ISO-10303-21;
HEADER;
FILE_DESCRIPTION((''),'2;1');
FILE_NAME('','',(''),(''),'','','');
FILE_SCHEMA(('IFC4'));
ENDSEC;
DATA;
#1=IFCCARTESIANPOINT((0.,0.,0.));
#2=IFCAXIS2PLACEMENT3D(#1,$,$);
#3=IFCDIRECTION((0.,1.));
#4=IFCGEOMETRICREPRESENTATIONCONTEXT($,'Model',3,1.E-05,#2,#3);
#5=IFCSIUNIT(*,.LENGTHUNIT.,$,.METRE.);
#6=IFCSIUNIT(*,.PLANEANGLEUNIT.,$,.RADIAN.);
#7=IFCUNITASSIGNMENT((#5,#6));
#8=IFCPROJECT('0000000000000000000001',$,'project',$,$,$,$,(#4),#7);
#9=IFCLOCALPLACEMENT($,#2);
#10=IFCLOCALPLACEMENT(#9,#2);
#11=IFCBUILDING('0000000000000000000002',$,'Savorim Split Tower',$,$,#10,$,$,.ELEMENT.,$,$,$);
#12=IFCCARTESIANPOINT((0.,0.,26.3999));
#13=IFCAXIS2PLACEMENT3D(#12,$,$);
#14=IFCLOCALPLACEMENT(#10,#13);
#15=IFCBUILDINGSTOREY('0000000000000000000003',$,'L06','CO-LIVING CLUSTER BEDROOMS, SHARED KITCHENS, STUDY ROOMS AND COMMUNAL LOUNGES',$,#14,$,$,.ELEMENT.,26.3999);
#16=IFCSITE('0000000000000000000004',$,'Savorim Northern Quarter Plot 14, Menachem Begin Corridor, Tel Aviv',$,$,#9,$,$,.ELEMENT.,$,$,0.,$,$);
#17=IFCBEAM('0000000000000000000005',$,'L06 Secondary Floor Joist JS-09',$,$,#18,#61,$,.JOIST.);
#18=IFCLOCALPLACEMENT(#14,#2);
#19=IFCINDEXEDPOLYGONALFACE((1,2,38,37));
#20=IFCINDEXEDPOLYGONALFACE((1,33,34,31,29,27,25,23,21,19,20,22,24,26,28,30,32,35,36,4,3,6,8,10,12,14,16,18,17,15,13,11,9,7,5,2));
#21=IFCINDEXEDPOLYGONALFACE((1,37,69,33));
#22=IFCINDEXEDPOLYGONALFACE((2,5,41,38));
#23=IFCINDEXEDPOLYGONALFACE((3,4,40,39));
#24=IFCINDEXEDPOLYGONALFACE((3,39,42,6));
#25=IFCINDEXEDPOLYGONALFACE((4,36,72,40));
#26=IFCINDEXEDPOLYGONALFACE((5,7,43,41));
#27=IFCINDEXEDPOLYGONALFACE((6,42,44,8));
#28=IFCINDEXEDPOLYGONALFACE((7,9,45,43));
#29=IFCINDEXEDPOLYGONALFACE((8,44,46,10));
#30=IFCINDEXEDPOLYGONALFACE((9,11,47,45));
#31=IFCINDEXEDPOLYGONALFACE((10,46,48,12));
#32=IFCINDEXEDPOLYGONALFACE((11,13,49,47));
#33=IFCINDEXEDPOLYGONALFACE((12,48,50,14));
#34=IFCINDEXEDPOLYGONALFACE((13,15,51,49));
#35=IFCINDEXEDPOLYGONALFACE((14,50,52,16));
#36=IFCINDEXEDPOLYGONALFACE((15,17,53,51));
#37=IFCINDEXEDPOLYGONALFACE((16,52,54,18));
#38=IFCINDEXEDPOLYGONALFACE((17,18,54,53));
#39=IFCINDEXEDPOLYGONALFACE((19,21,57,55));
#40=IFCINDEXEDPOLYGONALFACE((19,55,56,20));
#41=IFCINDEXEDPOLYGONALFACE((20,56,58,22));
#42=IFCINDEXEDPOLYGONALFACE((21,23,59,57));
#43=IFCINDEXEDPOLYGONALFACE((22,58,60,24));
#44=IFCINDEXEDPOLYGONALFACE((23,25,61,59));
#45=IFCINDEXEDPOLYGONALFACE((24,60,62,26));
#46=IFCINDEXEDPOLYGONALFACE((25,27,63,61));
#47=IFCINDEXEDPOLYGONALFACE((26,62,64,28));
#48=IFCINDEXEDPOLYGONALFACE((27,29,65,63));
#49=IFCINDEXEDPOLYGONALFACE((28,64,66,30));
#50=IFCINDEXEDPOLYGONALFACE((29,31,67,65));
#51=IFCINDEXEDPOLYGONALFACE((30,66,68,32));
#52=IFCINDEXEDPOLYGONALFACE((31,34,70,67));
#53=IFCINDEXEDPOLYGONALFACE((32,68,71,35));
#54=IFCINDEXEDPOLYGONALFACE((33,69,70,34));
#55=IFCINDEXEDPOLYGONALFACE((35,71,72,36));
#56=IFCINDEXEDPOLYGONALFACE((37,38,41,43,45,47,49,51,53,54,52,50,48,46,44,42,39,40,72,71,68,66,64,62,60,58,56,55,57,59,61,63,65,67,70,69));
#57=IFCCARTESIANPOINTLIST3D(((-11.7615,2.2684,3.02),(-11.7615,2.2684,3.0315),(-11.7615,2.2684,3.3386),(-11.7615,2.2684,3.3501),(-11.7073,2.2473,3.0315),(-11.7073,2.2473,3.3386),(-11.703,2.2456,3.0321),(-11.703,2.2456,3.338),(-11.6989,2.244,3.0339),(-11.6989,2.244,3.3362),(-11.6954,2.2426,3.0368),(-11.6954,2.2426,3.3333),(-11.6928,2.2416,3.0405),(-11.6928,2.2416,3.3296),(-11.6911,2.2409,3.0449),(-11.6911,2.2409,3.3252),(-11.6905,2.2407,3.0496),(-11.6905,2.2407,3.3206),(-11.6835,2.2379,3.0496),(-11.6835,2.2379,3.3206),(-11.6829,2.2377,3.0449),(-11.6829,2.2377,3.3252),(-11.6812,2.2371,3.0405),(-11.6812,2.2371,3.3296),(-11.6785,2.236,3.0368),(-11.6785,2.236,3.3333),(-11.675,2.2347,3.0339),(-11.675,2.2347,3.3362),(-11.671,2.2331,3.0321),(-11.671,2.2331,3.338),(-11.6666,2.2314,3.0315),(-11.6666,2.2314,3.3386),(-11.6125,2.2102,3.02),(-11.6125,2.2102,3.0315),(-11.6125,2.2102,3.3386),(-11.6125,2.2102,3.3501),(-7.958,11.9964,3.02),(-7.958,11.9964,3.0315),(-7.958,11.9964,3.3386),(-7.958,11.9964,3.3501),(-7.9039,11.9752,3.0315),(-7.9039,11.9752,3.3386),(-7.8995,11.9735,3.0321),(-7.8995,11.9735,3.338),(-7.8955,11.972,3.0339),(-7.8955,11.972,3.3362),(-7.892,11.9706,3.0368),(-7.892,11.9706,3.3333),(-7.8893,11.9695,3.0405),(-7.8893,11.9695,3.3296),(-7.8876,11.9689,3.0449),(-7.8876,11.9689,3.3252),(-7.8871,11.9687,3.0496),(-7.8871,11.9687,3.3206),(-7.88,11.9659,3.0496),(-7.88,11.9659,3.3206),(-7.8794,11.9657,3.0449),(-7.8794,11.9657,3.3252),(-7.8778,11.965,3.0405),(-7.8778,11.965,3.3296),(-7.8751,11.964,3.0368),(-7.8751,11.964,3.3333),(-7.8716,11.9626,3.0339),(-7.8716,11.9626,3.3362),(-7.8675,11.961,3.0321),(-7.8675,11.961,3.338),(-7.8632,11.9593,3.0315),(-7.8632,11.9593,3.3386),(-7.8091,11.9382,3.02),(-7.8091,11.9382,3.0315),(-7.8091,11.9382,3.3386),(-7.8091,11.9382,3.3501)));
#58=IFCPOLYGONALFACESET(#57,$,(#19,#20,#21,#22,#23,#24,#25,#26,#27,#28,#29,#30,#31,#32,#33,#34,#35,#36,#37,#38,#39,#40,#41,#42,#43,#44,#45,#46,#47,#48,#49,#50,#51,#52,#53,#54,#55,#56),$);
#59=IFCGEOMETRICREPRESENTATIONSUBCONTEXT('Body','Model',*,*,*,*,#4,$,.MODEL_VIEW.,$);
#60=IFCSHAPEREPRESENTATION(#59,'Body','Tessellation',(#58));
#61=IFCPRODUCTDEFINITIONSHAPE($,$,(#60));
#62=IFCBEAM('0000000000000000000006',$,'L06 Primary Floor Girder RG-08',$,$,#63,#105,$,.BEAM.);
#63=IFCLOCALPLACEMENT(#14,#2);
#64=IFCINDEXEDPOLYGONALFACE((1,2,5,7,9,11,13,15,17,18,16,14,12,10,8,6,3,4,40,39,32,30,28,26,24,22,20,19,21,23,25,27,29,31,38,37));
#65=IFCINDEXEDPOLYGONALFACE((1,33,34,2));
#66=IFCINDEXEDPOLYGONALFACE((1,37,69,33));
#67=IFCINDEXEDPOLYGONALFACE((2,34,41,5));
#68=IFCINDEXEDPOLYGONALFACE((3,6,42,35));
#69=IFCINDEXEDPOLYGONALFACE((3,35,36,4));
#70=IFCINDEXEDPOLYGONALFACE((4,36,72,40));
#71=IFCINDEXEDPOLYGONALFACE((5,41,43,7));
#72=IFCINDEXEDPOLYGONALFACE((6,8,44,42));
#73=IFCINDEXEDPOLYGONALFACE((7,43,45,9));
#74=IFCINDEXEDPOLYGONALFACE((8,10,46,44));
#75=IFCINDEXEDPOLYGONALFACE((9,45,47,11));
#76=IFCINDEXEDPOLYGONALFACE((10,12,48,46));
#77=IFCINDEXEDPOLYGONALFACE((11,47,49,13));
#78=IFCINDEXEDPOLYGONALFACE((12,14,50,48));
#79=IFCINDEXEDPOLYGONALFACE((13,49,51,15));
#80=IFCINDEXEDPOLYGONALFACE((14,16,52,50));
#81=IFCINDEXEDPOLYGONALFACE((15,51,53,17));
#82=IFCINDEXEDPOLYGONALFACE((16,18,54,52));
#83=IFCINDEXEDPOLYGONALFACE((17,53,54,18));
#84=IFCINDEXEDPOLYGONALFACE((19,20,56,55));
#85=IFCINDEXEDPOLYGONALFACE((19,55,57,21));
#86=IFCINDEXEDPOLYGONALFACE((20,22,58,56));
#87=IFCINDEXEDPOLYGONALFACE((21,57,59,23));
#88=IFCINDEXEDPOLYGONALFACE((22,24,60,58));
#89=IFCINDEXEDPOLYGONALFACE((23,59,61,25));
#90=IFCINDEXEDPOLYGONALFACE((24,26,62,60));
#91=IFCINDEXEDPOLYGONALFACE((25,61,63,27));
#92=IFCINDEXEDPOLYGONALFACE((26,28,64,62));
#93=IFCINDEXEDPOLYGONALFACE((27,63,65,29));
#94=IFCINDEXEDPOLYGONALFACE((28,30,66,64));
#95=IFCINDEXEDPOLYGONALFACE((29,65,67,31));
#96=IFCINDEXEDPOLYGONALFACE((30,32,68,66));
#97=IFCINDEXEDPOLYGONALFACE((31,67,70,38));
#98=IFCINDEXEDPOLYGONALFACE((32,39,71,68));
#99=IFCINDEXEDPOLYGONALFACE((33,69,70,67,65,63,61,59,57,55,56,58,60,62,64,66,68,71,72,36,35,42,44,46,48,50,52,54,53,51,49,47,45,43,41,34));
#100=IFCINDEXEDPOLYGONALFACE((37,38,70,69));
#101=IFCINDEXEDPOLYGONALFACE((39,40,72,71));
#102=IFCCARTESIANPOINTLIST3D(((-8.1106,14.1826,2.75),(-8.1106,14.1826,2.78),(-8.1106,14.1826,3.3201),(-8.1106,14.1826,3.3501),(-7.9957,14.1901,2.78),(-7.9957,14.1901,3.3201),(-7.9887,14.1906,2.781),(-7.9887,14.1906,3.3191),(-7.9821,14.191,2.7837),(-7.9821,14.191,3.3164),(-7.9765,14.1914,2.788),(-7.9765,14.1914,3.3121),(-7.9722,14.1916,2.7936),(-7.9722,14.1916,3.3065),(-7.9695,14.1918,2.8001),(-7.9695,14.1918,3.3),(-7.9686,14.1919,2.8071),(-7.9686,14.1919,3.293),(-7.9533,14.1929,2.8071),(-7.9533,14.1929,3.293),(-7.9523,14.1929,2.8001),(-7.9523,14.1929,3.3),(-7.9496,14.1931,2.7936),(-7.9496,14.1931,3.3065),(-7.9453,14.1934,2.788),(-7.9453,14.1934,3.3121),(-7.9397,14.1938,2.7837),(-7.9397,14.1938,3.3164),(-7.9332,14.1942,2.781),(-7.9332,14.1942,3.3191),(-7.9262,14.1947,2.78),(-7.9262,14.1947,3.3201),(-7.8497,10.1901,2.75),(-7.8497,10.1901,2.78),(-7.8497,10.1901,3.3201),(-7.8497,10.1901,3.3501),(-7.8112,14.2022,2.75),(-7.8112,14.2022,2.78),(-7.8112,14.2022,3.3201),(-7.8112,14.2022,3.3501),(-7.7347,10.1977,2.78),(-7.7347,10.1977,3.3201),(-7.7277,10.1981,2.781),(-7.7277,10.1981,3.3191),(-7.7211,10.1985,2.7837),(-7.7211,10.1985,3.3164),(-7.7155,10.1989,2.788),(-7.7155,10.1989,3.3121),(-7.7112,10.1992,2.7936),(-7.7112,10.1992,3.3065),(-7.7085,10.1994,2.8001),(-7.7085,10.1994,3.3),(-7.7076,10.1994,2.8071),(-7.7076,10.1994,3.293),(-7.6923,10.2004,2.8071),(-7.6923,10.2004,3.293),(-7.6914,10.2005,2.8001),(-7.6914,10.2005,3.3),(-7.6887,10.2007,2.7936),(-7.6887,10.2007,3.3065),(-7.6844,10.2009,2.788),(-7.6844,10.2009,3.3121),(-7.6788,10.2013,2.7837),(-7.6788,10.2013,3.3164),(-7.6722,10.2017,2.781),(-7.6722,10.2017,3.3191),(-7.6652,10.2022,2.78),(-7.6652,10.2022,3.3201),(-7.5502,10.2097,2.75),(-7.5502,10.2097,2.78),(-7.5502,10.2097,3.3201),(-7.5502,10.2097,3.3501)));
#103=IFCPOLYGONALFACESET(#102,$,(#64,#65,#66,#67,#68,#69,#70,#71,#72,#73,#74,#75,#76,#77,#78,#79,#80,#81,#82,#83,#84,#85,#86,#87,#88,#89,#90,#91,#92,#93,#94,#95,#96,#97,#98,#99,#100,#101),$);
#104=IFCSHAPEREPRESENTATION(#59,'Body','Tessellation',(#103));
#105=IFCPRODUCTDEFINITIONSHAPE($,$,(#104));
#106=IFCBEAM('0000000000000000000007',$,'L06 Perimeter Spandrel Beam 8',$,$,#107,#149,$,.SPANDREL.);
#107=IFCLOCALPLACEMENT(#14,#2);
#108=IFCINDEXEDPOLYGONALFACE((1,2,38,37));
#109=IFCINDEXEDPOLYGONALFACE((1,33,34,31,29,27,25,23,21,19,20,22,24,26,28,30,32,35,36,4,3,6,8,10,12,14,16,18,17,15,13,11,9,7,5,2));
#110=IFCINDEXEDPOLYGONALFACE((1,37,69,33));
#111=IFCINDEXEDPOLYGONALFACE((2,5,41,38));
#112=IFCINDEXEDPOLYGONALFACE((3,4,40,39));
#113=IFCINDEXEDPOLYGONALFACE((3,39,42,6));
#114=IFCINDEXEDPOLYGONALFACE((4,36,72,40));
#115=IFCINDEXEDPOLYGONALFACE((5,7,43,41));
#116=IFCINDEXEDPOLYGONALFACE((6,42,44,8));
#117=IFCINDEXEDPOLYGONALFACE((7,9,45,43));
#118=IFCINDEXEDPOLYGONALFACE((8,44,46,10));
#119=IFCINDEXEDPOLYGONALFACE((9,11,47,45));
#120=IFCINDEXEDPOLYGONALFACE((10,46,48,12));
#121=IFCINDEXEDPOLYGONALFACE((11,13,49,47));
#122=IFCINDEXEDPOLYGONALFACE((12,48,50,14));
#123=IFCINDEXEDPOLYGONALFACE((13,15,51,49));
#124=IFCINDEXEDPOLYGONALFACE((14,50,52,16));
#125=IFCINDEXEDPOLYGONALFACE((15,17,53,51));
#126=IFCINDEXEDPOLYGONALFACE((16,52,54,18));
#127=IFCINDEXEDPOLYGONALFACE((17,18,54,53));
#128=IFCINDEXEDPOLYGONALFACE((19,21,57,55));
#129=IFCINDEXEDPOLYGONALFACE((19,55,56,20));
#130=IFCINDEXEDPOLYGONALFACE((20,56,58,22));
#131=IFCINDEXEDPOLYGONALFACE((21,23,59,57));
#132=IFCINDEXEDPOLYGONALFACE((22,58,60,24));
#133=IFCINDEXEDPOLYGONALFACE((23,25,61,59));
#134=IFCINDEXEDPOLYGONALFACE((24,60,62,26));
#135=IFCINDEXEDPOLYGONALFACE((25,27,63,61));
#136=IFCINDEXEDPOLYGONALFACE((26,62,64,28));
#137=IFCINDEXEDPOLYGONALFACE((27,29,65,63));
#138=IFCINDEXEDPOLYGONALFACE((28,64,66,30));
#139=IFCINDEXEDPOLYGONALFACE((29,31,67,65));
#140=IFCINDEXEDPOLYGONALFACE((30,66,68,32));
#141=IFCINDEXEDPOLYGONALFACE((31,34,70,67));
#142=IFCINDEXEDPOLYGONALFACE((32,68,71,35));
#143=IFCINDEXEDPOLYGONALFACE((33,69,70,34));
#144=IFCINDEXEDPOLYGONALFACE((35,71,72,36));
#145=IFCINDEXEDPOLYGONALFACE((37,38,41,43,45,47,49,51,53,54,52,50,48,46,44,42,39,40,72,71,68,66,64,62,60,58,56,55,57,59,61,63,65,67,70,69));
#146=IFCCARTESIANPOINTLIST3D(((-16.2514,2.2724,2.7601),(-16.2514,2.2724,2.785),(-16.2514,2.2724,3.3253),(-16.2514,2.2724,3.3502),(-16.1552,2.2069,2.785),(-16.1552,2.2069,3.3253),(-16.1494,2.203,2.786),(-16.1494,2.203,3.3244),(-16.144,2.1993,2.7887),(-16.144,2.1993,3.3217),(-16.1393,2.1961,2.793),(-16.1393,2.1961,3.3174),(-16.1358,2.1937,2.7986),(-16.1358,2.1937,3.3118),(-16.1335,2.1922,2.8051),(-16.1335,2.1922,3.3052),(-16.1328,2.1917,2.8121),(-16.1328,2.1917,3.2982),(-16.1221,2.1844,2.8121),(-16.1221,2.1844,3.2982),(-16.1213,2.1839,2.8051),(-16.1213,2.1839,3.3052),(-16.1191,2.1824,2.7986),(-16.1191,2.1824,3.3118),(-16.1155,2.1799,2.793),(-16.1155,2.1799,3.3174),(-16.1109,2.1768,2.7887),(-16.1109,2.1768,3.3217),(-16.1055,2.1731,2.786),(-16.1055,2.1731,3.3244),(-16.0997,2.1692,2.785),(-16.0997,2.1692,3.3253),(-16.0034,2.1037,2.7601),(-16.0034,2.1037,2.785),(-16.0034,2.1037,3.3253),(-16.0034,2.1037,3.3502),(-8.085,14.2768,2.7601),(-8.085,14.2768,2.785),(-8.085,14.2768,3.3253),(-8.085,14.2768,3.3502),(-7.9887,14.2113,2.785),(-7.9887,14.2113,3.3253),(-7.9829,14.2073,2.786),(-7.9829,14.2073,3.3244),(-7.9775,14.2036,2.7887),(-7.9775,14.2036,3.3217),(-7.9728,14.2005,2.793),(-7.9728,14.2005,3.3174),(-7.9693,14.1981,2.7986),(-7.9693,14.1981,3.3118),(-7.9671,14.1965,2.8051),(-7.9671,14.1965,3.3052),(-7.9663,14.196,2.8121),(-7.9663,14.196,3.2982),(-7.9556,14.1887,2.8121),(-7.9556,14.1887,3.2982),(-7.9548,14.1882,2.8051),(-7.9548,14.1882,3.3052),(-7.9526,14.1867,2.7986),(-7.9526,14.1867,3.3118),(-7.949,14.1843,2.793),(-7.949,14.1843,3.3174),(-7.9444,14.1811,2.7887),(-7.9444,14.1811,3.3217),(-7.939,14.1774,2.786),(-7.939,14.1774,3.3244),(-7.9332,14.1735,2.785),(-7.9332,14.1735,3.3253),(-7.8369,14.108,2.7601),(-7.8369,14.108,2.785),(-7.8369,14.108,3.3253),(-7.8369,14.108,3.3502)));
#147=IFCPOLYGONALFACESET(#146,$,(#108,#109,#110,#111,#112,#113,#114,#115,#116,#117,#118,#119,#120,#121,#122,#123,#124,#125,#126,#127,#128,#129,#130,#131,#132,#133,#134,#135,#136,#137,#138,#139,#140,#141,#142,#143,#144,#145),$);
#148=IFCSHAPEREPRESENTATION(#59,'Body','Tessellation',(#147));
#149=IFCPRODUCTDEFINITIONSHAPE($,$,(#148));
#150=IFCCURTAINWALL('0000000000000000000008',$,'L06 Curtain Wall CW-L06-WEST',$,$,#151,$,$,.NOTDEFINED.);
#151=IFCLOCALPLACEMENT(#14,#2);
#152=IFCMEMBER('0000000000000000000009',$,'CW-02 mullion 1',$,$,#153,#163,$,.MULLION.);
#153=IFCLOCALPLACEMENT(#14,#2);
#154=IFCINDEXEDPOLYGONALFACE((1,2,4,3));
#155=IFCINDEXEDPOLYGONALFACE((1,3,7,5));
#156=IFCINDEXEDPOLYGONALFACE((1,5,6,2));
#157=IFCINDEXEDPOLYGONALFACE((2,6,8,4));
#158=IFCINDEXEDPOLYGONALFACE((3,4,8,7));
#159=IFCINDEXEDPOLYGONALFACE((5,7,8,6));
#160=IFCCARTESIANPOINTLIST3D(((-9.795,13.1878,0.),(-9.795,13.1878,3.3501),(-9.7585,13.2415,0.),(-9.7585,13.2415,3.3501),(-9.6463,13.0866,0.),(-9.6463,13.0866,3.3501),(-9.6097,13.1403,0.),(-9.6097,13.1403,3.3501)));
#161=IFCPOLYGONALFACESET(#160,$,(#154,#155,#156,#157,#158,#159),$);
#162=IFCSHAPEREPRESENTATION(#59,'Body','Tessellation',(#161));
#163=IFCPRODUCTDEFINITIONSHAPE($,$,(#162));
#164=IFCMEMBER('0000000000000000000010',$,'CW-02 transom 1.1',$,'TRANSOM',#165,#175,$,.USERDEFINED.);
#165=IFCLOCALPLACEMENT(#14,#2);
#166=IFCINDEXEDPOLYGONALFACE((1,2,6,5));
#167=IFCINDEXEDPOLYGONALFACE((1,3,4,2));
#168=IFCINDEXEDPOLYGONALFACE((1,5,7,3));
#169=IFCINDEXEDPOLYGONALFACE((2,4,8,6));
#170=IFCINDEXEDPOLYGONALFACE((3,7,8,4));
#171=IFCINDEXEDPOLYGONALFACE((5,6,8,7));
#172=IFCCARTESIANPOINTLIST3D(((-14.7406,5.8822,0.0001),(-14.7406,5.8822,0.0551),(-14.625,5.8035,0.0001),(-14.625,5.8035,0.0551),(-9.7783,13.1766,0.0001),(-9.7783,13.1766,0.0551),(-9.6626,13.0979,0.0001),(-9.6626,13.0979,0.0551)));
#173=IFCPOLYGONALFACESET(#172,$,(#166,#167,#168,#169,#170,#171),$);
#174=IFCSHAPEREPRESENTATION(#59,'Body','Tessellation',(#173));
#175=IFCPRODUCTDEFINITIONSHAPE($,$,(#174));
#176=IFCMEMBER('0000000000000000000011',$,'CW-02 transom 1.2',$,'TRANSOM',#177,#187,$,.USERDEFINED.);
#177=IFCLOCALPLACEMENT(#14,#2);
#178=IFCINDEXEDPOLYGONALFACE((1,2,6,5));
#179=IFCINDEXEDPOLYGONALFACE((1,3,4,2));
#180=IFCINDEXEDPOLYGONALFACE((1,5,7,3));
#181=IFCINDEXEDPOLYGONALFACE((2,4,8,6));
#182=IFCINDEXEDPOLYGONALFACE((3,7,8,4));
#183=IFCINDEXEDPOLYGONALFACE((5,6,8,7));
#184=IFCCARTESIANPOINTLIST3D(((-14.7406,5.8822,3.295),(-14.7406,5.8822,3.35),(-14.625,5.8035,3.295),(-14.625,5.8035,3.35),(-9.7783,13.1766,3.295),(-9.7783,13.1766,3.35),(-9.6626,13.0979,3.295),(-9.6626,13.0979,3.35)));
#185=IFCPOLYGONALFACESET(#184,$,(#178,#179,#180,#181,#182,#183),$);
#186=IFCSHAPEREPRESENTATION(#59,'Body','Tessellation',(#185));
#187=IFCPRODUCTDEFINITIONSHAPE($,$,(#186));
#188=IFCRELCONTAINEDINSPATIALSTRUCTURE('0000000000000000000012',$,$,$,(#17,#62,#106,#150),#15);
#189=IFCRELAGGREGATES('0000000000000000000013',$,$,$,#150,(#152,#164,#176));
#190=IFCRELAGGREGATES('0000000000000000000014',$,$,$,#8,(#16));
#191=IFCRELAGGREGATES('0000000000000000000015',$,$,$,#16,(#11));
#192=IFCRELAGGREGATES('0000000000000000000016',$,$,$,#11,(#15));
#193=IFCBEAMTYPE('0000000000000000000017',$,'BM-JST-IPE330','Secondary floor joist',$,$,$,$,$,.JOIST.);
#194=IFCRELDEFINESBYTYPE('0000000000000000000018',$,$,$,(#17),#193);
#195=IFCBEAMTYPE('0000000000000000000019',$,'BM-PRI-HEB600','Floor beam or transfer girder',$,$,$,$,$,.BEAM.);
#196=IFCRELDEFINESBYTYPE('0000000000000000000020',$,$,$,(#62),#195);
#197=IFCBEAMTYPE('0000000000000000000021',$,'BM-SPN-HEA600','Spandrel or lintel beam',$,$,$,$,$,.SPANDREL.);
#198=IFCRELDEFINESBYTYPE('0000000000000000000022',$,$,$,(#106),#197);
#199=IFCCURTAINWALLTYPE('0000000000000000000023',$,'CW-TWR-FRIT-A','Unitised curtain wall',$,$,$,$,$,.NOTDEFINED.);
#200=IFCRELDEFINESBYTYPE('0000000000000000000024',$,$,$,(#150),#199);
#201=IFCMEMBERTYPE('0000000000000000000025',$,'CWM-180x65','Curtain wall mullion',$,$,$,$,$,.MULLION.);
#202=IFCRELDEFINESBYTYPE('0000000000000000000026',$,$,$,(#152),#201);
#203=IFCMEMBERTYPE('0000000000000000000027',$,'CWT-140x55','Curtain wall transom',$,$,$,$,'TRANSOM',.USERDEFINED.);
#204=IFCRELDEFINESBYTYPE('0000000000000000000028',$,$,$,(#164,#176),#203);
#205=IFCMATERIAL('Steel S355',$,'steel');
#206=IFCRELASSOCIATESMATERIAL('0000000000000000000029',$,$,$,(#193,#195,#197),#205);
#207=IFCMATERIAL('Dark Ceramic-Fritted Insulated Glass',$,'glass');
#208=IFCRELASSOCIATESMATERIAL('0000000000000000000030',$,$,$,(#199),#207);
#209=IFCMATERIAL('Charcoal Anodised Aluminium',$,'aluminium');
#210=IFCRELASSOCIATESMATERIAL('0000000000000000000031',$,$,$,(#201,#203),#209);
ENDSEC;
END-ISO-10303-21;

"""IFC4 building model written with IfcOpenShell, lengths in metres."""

from ifc_helpers import new_model, si_unit, direction, frame, origin, origin_2d, place, context, subcontext, project, spatial, rectangle, i_section, extrude, material, material_profile, profile_set, type_object, element, aggregate, save


model = new_model("IFC4")

# Units and contexts
model_context = context("Model", 3, precision=1e-05, world=origin(), true_north=direction((0.0, 1.0)))
body_context = subcontext(model_context, "Body", "Model", "MODEL_VIEW")
ifc_project = project(units=[si_unit("LENGTHUNIT", "METRE"), si_unit("PLANEANGLEUNIT", "RADIAN")], contexts=[model_context])

# Site, building, storey
site_placement = place(None, origin())
site = spatial("IfcSite", under=ifc_project, at=site_placement, Name="Savorim Northern Quarter Plot 14, Menachem Begin Corridor, Tel Aviv", CompositionType="ELEMENT", RefElevation=0.0)
building_placement = place(site_placement, origin())
building = spatial("IfcBuilding", under=site, at=building_placement, Name="Savorim Split Tower", CompositionType="ELEMENT")
storey_placement = place(building_placement, frame((0.0, 0.0, 26.3999)))
storey = spatial("IfcBuildingStorey", under=building, at=storey_placement, Name="L06", Description="CO-LIVING CLUSTER BEDROOMS, SHARED KITCHENS, STUDY ROOMS AND COMMUNAL LOUNGES", CompositionType="ELEMENT", Elevation=26.3999)

# Beams
ifc_material_1 = material(Name="Steel S355", Category="steel")
ifc_material_profile_1 = material_profile(ifc_material_1, i_section(OverallWidth=0.1599, OverallDepth=0.3301, WebThickness=0.0076, FlangeThickness=0.0115, FilletRadius=0.0181, at=origin_2d()), Name="IPE 330")
ifc_profile_set_1 = profile_set([ifc_material_profile_1], Name="Steel S355")
beam_type_1 = type_object("IfcBeamType", Name="BM-JST-IPE330", Description="Secondary floor joist", PredefinedType="JOIST", material=ifc_profile_set_1)
beam_1_placement = place(storey_placement, frame((-7.8835, 11.9673, 3.1851), z_axis=(-0.364138, -0.931345, 0.0), x_axis=(0.931345, -0.364138, 0.0)))
element("IfcBeam", 1, at=beam_1_placement, inside=storey, type_object=beam_type_1, Name="L06 Secondary Floor Joist JS-09", PredefinedType="JOIST", context=body_context, shape_type="SweptSolid", body=[
    extrude(i_section(OverallWidth=0.1599, OverallDepth=0.3301, WebThickness=0.0076, FlangeThickness=0.0115, FilletRadius=0.0181, at=origin_2d()), origin(), (0.0, 0.0, 1.0), 10.4451),
])
ifc_material_profile_2 = material_profile(ifc_material_1, i_section(OverallWidth=0.3, OverallDepth=0.6001, WebThickness=0.0154, FlangeThickness=0.03, FilletRadius=0.0271, at=origin_2d()), Name="HEB 600")
ifc_profile_set_2 = profile_set([ifc_material_profile_2], Name="Steel S355")
beam_type_2 = type_object("IfcBeamType", Name="BM-PRI-HEB600", Description="Floor beam or transfer girder", PredefinedType="BEAM", material=ifc_profile_set_2)
beam_2_placement = place(storey_placement, frame((-7.9609, 14.1924, 3.05), z_axis=(0.065231, -0.99787, 0.0), x_axis=(0.99787, 0.065231, 0.0)))
element("IfcBeam", 2, at=beam_2_placement, inside=storey, type_object=beam_type_2, Name="L06 Primary Floor Girder RG-08", PredefinedType="BEAM", context=body_context, shape_type="SweptSolid", body=[
    extrude(i_section(OverallWidth=0.3, OverallDepth=0.6001, WebThickness=0.0154, FlangeThickness=0.03, FilletRadius=0.0271, at=origin_2d()), origin(), (0.0, 0.0, 1.0), 4.001),
])
ifc_material_profile_3 = material_profile(ifc_material_1, i_section(OverallWidth=0.3, OverallDepth=0.5901, WebThickness=0.0129, FlangeThickness=0.0249, FilletRadius=0.0271, at=origin_2d()), Name="HEA 600")
ifc_profile_set_3 = profile_set([ifc_material_profile_3], Name="Steel S355")
beam_type_3 = type_object("IfcBeamType", Name="BM-SPN-HEA600", Description="Spandrel or lintel beam", PredefinedType="SPANDREL", material=ifc_profile_set_3)
beam_3_placement = place(storey_placement, frame((-7.9609, 14.1924, 3.0552), z_axis=(-0.562476, -0.826814, 0.0), x_axis=(0.826814, -0.562476, 0.0)))
element("IfcBeam", 3, at=beam_3_placement, inside=storey, type_object=beam_type_3, Name="L06 Perimeter Spandrel Beam 8", PredefinedType="SPANDREL", context=body_context, shape_type="SweptSolid", body=[
    extrude(i_section(OverallWidth=0.3, OverallDepth=0.5901, WebThickness=0.0129, FlangeThickness=0.0249, FilletRadius=0.0271, at=origin_2d()), origin(), (0.0, 0.0, 1.0), 14.5188),
])

# Curtain wall, members
ifc_material_2 = material(Name="Dark Ceramic-Fritted Insulated Glass", Category="glass")
curtain_wall_type = type_object("IfcCurtainWallType", Name="CW-TWR-FRIT-A", Description="Unitised curtain wall", PredefinedType="NOTDEFINED", material=ifc_material_2)
curtain_wall_placement = place(storey_placement, origin())
curtain_wall = element("IfcCurtainWall", 4, at=curtain_wall_placement, inside=storey, type_object=curtain_wall_type, Name="L06 Curtain Wall CW-L06-WEST", PredefinedType="NOTDEFINED")
ifc_material_3 = material(Name="Charcoal Anodised Aluminium", Category="aluminium")
ifc_material_profile_4 = material_profile(ifc_material_3, rectangle(XDim=0.1799, YDim=0.0649, at=origin_2d()), Name="ALU-M 180x65")
ifc_profile_set_4 = profile_set([ifc_material_profile_4], Name="Charcoal Anodised Aluminium")
member_type_1 = type_object("IfcMemberType", Name="CWM-180x65", Description="Curtain wall mullion", PredefinedType="MULLION", material=ifc_profile_set_4)
member_1_placement = place(storey_placement, frame((-9.7024, 13.1641, 0.0), z_axis=(0.0, 0.0, 1.0), x_axis=(0.826821, -0.562465, 0.0)))
member_1 = element("IfcMember", 5, at=member_1_placement, type_object=member_type_1, Name="CW-02 mullion 1", PredefinedType="MULLION", context=body_context, shape_type="SweptSolid", body=[
    extrude(rectangle(XDim=0.1799, YDim=0.0649, at=origin_2d()), origin(), (0.0, 0.0, 1.0), 3.3501),
])
ifc_material_profile_5 = material_profile(ifc_material_3, rectangle(XDim=0.1399, YDim=0.0549, at=origin_2d()), Name="ALU-T 140x55")
ifc_profile_set_5 = profile_set([ifc_material_profile_5], Name="Charcoal Anodised Aluminium")
member_type_2 = type_object("IfcMemberType", Name="CWT-140x55", Description="Curtain wall transom", ElementType="TRANSOM", PredefinedType="USERDEFINED", material=ifc_profile_set_5)
member_2_placement = place(storey_placement, frame((-9.7205, 13.1372, 0.0276), z_axis=(-0.56248, -0.826811, 0.0), x_axis=(0.826811, -0.56248, 0.0)))
member_2 = element("IfcMember", 6, at=member_2_placement, type_object=member_type_2, Name="CW-02 transom 1.1", ObjectType="TRANSOM", PredefinedType="USERDEFINED", context=body_context, shape_type="SweptSolid", body=[
    extrude(rectangle(XDim=0.1399, YDim=0.0549, at=origin_2d()), origin(), (0.0, 0.0, 1.0), 8.8223),
])
member_3_placement = place(storey_placement, frame((-9.7205, 13.1372, 3.3225), z_axis=(-0.56248, -0.826811, 0.0), x_axis=(0.826811, -0.56248, 0.0)))
member_3 = element("IfcMember", 7, at=member_3_placement, type_object=member_type_2, Name="CW-02 transom 1.2", ObjectType="TRANSOM", PredefinedType="USERDEFINED", context=body_context, shape_type="SweptSolid", body=[
    extrude(rectangle(XDim=0.1399, YDim=0.0549, at=origin_2d()), origin(), (0.0, 0.0, 1.0), 8.8223),
])
aggregate(curtain_wall, [member_1, member_2, member_3])

save(model, "model.ifc")
